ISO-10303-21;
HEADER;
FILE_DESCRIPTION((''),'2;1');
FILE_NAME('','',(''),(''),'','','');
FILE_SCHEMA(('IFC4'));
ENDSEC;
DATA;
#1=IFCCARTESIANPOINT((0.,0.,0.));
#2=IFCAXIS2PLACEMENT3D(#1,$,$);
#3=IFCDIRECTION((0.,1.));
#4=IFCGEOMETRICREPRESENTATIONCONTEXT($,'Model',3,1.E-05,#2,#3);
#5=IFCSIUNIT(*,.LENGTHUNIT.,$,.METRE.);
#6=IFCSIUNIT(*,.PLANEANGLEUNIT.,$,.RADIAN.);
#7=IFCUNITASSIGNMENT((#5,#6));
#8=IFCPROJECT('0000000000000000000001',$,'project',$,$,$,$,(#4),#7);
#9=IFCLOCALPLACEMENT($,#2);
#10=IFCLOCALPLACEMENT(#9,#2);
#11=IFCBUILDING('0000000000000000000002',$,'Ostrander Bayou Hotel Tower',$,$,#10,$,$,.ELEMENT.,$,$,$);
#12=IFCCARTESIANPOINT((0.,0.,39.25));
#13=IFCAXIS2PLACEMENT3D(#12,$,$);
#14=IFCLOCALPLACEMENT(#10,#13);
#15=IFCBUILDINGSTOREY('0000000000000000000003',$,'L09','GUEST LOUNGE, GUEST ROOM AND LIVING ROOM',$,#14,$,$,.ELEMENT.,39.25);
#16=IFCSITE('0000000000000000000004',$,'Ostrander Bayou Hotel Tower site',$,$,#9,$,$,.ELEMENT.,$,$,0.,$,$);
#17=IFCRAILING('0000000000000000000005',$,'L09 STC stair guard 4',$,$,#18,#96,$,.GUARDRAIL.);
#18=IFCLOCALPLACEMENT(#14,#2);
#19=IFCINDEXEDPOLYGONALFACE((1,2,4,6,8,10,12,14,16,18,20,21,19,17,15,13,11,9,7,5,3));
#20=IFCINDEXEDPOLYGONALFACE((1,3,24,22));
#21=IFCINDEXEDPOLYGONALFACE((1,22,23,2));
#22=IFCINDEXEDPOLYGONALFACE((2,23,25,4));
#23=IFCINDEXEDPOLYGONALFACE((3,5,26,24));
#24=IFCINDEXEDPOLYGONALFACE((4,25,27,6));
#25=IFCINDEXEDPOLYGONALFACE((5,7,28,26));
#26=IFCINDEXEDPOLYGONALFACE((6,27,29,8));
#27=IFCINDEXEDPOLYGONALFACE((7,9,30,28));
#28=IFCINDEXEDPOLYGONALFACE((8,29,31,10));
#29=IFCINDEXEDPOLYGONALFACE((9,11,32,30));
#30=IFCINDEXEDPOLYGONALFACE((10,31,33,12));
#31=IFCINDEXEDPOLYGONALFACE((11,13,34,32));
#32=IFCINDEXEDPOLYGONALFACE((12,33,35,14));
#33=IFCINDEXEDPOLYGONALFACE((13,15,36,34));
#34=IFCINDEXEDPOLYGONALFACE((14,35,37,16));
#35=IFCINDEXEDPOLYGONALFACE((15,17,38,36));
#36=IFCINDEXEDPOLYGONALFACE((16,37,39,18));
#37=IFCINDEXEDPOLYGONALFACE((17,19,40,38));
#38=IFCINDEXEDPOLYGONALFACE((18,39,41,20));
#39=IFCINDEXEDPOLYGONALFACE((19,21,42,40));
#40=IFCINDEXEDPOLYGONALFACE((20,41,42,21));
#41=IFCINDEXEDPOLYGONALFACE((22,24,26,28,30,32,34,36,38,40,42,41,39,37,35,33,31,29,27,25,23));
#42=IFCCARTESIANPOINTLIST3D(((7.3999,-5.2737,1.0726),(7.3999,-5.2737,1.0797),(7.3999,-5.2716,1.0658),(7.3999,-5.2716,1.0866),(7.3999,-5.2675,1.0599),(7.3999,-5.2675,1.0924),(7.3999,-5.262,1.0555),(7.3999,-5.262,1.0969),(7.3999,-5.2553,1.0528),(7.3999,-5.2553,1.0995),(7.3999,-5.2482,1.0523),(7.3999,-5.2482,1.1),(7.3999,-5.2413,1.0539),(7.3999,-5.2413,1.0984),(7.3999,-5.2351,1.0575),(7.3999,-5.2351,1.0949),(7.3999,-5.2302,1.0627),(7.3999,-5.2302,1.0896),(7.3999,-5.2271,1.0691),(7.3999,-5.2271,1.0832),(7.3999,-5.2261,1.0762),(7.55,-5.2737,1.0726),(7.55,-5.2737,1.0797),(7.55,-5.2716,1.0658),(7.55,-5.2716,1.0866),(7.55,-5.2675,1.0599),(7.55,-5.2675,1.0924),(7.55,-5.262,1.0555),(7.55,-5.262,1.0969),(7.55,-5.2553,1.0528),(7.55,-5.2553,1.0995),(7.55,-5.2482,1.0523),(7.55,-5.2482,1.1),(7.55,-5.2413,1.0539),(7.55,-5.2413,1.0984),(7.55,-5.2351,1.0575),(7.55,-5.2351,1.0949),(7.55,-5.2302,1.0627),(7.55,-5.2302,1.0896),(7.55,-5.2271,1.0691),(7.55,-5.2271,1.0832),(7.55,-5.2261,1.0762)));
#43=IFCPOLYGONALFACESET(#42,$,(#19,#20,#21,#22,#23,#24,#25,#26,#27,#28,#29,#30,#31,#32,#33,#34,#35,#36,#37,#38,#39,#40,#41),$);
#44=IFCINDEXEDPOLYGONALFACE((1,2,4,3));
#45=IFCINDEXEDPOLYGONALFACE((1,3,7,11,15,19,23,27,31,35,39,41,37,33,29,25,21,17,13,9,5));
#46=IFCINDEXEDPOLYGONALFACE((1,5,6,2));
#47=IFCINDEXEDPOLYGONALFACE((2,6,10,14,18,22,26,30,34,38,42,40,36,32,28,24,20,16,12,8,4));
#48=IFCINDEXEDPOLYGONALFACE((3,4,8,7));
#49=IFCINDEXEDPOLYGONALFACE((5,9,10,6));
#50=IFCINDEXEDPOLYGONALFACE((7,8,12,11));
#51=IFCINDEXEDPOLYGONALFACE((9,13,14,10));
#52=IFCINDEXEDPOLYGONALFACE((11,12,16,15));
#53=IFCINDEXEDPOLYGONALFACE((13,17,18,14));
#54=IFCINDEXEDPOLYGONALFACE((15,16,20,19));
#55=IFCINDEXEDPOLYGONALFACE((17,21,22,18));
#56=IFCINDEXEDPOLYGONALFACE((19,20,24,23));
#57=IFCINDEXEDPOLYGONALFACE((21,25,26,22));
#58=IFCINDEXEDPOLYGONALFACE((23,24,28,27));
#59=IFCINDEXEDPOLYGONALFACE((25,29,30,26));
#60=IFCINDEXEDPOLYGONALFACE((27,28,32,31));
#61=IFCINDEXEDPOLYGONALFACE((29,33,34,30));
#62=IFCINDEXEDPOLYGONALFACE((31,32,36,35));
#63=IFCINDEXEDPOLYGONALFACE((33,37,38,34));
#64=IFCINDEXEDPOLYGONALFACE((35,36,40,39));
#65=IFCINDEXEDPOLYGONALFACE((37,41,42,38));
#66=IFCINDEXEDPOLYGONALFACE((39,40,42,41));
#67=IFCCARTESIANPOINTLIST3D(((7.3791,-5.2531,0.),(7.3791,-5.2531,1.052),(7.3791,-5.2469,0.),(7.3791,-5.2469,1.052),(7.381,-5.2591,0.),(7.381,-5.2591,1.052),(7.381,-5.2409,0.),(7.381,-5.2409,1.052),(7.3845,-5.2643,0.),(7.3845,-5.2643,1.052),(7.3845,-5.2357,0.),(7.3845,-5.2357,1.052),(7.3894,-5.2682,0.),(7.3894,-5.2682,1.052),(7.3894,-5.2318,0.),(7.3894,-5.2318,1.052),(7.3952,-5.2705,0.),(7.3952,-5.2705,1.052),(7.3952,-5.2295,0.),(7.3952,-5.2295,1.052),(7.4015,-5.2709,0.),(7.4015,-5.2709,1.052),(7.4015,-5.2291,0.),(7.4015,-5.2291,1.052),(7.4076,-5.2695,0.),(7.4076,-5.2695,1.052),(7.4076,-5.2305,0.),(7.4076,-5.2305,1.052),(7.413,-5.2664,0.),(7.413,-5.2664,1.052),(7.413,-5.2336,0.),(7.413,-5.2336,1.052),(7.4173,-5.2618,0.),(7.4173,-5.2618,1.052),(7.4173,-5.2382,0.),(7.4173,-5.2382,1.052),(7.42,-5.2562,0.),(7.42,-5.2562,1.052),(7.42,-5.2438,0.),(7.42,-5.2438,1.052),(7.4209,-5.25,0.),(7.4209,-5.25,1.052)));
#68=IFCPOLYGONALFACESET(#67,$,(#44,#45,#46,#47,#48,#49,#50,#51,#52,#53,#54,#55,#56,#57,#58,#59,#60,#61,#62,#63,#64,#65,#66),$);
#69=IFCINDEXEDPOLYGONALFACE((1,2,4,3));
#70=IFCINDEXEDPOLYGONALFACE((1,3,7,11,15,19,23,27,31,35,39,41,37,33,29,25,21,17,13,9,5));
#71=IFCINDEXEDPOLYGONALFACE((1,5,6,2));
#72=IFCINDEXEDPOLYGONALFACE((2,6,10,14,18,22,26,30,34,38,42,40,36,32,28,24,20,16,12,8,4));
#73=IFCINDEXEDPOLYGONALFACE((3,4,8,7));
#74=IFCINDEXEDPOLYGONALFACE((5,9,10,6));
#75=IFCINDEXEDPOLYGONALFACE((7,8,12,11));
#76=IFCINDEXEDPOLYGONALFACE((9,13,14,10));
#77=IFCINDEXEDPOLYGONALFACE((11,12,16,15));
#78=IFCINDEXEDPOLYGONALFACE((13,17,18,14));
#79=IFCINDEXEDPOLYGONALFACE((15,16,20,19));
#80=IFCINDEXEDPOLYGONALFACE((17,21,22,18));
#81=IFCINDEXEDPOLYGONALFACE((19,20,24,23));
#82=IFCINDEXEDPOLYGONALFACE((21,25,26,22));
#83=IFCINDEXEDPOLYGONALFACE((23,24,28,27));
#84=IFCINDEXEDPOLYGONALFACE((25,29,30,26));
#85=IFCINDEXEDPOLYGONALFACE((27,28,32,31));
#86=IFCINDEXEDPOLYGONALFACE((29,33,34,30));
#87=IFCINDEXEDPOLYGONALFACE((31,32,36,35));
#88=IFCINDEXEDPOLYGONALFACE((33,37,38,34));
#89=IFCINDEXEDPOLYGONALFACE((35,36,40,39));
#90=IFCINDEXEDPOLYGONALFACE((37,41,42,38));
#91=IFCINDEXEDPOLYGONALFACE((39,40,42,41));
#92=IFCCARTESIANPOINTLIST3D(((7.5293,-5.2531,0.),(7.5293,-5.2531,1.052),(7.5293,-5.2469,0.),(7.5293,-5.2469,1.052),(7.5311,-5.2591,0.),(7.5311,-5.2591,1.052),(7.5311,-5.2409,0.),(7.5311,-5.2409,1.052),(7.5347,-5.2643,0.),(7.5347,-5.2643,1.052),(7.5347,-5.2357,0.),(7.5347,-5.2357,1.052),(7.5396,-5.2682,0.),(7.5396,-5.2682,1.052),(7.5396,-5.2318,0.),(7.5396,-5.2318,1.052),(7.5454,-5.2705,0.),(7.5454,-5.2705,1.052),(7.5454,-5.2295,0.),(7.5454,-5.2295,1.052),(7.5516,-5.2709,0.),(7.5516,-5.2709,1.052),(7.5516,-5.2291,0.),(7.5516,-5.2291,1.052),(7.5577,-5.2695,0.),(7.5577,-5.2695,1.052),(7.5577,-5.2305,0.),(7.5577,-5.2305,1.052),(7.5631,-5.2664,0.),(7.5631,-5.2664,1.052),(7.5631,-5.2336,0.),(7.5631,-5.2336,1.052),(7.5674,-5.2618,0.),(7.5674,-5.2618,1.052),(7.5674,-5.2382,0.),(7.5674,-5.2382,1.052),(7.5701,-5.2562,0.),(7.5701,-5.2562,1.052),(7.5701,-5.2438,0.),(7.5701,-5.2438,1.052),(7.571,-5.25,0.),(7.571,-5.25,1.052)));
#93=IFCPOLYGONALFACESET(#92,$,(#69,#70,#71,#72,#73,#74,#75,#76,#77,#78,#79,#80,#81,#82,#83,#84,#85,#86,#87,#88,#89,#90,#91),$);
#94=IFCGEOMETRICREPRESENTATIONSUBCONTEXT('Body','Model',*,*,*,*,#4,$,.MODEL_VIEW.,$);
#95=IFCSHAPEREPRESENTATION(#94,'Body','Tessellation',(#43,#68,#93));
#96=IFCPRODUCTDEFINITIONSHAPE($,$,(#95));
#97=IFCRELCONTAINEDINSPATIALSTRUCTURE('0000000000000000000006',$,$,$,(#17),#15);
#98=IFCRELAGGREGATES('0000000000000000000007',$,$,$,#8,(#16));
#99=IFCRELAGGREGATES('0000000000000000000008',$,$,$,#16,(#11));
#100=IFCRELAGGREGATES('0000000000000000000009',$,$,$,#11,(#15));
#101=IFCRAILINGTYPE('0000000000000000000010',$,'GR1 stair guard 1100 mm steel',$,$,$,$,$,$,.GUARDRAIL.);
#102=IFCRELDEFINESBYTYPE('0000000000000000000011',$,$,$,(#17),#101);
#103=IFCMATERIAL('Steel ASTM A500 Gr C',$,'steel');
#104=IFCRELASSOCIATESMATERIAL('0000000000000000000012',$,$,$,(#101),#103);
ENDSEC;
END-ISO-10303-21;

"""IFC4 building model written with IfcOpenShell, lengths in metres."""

from ifc_helpers import new_model, si_unit, direction, frame, origin, origin_2d, place, context, subcontext, project, spatial, circle, extrude, material, type_object, element, save


model = new_model("IFC4")

# Units and contexts
model_context = context("Model", 3, precision=1e-05, world=origin(), true_north=direction((0.0, 1.0)))
body_context = subcontext(model_context, "Body", "Model", "MODEL_VIEW")
ifc_project = project(units=[si_unit("LENGTHUNIT", "METRE"), si_unit("PLANEANGLEUNIT", "RADIAN")], contexts=[model_context])

# Site, building, storey
site_placement = place(None, origin())
site = spatial("IfcSite", under=ifc_project, at=site_placement, Name="Ostrander Bayou Hotel Tower site", CompositionType="ELEMENT", RefElevation=0.0)
building_placement = place(site_placement, origin())
building = spatial("IfcBuilding", under=site, at=building_placement, Name="Ostrander Bayou Hotel Tower", CompositionType="ELEMENT")
storey_placement = place(building_placement, frame((0.0, 0.0, 39.25)))
storey = spatial("IfcBuildingStorey", under=building, at=storey_placement, Name="L09", Description="GUEST LOUNGE, GUEST ROOM AND LIVING ROOM", CompositionType="ELEMENT", Elevation=39.25)

# Railing
ifc_material_1 = material(Name="Steel ASTM A500 Gr C", Category="steel")
railing_type_1 = type_object("IfcRailingType", Name="GR1 stair guard 1100 mm steel", PredefinedType="GUARDRAIL", material=ifc_material_1)
railing_1_placement = place(storey_placement, frame((7.3999, -5.25, 0.0)))
element("IfcRailing", 1, at=railing_1_placement, inside=storey, type_object=railing_type_1, Name="L09 STC stair guard 4", PredefinedType="GUARDRAIL", context=body_context, shape_type="SweptSolid", body=[
    extrude(circle(Radius=0.0239, at=origin_2d()), frame((0.0, 0.0, 1.0762), z_axis=(1.0, 0.0, 0.0), x_axis=(0.0, 1.0, 0.0)), (0.0, 0.0, 1.0), 0.1501),
    extrude(circle(Radius=0.021, at=origin_2d()), origin(), (0.0, 0.0, 1.0), 1.052),
    extrude(circle(Radius=0.021, at=origin_2d()), frame((0.1501, 0.0, 0.0)), (0.0, 0.0, 1.0), 1.052),
])

save(model, "model.ifc")
